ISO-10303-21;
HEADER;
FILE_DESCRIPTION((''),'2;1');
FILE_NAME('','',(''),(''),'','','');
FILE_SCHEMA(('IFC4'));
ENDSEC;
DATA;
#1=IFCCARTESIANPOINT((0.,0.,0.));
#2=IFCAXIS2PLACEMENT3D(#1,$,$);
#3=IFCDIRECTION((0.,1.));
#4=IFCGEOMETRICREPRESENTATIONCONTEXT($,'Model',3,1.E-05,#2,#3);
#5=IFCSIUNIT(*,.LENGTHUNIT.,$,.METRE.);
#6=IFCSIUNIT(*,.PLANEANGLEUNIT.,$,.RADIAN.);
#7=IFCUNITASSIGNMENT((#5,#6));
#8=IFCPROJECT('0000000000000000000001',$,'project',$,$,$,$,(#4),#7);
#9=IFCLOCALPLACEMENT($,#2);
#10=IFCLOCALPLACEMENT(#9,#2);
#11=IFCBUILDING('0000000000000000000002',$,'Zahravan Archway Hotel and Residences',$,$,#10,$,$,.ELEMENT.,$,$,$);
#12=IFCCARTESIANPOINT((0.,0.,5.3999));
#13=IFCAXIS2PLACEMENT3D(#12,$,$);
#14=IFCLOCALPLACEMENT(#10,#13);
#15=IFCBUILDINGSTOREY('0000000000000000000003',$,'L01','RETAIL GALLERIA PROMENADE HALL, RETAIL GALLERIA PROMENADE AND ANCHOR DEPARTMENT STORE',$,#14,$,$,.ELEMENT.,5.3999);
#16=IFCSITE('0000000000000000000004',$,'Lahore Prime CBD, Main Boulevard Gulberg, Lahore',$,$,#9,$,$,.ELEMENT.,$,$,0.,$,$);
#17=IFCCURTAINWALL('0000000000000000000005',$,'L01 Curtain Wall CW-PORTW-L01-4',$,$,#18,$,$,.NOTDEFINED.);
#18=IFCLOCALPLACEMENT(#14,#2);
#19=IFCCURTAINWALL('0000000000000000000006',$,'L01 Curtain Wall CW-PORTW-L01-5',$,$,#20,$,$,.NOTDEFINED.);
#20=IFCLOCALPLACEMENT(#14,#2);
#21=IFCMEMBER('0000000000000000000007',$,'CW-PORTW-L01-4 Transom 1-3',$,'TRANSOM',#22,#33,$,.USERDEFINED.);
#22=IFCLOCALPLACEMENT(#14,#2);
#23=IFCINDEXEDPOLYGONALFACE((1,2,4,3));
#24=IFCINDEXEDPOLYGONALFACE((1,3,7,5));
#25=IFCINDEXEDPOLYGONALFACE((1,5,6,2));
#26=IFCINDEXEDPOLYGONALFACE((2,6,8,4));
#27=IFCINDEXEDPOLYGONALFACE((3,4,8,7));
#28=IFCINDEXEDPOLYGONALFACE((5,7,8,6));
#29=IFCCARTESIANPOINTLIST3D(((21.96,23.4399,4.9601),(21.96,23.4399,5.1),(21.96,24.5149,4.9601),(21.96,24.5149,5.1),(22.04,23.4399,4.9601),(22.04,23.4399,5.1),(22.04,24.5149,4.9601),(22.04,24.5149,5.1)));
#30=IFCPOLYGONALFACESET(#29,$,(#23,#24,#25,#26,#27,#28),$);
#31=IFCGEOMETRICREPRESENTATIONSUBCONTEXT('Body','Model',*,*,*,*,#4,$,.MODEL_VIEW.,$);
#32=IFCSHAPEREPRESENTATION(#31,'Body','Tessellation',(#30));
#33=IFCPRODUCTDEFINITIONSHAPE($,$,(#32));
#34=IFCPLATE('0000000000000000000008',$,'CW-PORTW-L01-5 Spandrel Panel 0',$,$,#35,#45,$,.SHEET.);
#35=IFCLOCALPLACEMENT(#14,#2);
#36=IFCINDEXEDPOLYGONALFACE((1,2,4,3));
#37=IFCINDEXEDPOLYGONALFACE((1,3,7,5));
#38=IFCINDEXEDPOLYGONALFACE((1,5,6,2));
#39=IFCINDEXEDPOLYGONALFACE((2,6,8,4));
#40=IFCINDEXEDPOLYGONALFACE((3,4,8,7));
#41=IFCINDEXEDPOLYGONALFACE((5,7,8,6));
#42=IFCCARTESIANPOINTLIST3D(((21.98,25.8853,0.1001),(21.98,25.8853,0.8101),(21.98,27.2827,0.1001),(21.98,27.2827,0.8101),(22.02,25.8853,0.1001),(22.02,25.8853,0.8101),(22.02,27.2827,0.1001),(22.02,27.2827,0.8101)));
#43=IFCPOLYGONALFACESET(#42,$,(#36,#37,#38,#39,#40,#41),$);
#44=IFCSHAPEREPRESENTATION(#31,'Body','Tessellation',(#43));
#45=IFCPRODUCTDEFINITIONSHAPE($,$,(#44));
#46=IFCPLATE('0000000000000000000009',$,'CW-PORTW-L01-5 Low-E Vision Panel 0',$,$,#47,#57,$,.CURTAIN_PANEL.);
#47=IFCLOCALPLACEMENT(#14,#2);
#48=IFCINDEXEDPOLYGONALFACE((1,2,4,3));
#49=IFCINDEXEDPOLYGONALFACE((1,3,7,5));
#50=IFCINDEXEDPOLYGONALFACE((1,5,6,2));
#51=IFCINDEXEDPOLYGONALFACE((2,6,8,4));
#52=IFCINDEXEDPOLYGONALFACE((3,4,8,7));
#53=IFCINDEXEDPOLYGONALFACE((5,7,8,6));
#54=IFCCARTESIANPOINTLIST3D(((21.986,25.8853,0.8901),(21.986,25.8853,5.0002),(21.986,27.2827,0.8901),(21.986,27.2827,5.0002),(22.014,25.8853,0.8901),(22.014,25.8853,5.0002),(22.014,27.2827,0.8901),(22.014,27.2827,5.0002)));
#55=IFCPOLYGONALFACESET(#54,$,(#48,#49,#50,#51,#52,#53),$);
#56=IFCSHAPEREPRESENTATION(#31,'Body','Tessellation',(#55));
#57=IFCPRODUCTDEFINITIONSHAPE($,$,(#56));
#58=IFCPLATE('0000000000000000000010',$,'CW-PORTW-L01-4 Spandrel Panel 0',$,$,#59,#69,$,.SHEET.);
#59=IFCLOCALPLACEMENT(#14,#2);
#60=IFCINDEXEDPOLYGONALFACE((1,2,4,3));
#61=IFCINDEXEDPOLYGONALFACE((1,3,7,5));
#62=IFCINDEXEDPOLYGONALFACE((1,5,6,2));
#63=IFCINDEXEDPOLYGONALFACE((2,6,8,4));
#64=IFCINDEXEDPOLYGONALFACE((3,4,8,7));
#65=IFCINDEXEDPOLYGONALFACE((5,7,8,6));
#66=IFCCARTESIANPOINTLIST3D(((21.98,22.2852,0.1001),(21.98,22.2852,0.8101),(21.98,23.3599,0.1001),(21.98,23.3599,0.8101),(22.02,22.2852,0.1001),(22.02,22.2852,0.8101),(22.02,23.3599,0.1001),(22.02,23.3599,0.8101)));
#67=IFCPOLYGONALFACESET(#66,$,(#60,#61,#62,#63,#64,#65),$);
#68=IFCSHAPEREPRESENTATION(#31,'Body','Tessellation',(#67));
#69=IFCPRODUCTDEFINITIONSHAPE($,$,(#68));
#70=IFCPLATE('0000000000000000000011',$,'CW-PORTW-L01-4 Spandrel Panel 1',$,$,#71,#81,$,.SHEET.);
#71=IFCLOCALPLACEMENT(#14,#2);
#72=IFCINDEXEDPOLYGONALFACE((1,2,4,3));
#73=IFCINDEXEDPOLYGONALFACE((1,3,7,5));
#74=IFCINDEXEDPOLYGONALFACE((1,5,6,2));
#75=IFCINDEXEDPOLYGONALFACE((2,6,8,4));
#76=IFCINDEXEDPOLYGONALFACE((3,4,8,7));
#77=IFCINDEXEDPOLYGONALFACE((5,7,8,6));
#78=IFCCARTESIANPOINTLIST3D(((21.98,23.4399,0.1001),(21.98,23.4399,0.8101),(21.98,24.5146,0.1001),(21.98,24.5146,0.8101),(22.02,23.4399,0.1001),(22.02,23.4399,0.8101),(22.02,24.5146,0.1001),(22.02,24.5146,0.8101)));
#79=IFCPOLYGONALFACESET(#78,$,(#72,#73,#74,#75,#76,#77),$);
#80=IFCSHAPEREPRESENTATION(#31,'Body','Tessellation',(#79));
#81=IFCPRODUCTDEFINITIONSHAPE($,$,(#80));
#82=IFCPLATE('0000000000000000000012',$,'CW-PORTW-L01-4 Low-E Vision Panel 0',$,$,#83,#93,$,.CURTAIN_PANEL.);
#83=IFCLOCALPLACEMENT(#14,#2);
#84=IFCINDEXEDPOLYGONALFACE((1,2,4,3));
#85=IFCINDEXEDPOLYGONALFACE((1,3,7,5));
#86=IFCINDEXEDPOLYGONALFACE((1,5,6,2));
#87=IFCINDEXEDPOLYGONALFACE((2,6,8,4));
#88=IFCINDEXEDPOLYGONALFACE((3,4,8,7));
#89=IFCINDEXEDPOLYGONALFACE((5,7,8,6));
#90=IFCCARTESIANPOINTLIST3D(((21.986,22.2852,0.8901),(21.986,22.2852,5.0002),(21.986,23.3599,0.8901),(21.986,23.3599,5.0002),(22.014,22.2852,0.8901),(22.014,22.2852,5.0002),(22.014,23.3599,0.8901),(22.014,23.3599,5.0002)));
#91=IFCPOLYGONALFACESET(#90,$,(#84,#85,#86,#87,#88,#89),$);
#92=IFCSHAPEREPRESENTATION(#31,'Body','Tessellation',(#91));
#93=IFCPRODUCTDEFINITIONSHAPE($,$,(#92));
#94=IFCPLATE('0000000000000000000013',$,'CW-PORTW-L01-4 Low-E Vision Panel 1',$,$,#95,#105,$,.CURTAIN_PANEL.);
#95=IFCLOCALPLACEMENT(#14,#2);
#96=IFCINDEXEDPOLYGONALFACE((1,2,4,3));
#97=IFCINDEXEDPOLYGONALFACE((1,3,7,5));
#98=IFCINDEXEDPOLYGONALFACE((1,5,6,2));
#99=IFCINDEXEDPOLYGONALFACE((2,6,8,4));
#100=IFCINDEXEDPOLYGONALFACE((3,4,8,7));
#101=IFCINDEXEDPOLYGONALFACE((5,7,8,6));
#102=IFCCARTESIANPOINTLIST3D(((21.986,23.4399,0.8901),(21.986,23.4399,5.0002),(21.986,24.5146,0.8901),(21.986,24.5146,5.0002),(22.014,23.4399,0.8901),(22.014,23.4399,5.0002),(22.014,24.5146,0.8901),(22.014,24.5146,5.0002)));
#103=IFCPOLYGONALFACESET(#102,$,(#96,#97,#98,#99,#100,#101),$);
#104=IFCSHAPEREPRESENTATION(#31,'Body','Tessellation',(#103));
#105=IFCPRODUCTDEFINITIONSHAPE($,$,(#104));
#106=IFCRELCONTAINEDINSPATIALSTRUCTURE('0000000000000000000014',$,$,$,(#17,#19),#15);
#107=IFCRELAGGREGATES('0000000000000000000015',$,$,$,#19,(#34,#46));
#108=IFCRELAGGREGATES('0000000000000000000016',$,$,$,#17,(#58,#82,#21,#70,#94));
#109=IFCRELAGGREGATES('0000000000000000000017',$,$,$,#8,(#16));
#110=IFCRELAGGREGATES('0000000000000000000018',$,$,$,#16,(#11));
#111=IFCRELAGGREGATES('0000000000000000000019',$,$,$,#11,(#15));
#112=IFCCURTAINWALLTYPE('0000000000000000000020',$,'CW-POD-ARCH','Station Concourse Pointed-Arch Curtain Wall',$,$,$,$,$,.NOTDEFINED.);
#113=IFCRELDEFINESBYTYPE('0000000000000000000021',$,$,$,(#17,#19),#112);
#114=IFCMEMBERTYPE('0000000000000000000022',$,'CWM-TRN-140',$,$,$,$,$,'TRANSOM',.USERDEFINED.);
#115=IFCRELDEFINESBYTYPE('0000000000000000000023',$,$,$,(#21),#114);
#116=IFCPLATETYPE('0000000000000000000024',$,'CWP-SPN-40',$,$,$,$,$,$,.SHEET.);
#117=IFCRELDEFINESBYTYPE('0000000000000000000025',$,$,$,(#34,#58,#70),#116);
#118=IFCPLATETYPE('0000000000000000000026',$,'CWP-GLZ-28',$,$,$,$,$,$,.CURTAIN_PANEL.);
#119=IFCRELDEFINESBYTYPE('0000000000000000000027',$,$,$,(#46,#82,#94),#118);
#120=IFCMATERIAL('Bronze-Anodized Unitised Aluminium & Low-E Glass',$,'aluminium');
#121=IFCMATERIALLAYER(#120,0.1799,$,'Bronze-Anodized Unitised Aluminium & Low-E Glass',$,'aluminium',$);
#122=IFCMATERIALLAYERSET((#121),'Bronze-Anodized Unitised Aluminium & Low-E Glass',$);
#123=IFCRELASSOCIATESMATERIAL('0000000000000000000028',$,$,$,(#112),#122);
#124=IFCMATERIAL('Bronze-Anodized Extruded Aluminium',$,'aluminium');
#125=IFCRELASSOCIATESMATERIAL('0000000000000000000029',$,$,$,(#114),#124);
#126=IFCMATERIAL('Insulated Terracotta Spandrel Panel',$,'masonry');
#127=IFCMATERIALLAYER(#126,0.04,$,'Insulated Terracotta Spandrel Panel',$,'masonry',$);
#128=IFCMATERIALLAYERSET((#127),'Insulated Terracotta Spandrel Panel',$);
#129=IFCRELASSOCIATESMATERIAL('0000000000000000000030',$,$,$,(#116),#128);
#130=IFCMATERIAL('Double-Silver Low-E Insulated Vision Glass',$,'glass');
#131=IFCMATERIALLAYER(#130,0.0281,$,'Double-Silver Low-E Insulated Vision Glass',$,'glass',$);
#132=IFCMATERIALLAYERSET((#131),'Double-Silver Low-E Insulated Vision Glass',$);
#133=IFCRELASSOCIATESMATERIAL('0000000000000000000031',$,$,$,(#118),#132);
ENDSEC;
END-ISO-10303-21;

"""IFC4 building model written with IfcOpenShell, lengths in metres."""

from ifc_helpers import new_model, si_unit, direction, frame, origin, origin_2d, place, context, subcontext, project, spatial, rectangle, extrude, source, transform, mapped, material, layer, layer_set, material_profile, profile_set, type_object, element, aggregate, save


model = new_model("IFC4")

# Units and contexts
model_context = context("Model", 3, precision=1e-05, world=origin(), true_north=direction((0.0, 1.0)))
body_context = subcontext(model_context, "Body", "Model", "MODEL_VIEW")
ifc_project = project(units=[si_unit("LENGTHUNIT", "METRE"), si_unit("PLANEANGLEUNIT", "RADIAN")], contexts=[model_context])

# Site, building, storey
site_placement = place(None, origin())
site = spatial("IfcSite", under=ifc_project, at=site_placement, Name="Lahore Prime CBD, Main Boulevard Gulberg, Lahore", CompositionType="ELEMENT", RefElevation=0.0)
building_placement = place(site_placement, origin())
building = spatial("IfcBuilding", under=site, at=building_placement, Name="Zahravan Archway Hotel and Residences", CompositionType="ELEMENT")
storey_placement = place(building_placement, frame((0.0, 0.0, 5.3999)))
storey = spatial("IfcBuildingStorey", under=building, at=storey_placement, Name="L01", Description="RETAIL GALLERIA PROMENADE HALL, RETAIL GALLERIA PROMENADE AND ANCHOR DEPARTMENT STORE", CompositionType="ELEMENT", Elevation=5.3999)

# Curtain walls
ifc_material_1 = material(Name="Bronze-Anodized Unitised Aluminium & Low-E Glass", Category="aluminium")
ifc_layer_1 = layer(ifc_material_1, 0.1799, Name="Bronze-Anodized Unitised Aluminium & Low-E Glass", Category="aluminium")
ifc_layer_set_1 = layer_set([ifc_layer_1], Name="Bronze-Anodized Unitised Aluminium & Low-E Glass")
curtain_wall_type = type_object("IfcCurtainWallType", Name="CW-POD-ARCH", Description="Station Concourse Pointed-Arch Curtain Wall", PredefinedType="NOTDEFINED", material=ifc_layer_set_1)
curtain_wall_1_placement = place(storey_placement, origin())
curtain_wall_1 = element("IfcCurtainWall", 1, at=curtain_wall_1_placement, inside=storey, type_object=curtain_wall_type, Name="L01 Curtain Wall CW-PORTW-L01-4", PredefinedType="NOTDEFINED")
ifc_material_2 = material(Name="Bronze-Anodized Extruded Aluminium", Category="aluminium")
curtain_wall_2_placement = place(storey_placement, origin())
curtain_wall_2 = element("IfcCurtainWall", 2, at=curtain_wall_2_placement, inside=storey, type_object=curtain_wall_type, Name="L01 Curtain Wall CW-PORTW-L01-5", PredefinedType="NOTDEFINED")
ifc_material_profile_1 = material_profile(ifc_material_2, rectangle(XDim=0.0801, YDim=0.1399, at=origin_2d()), Name="TRN 80x140", Category="aluminium")
ifc_profile_set_1 = profile_set([ifc_material_profile_1], Name="Bronze-Anodized Extruded Aluminium")
member_type_1 = type_object("IfcMemberType", Name="CWM-TRN-140", ElementType="TRANSOM", PredefinedType="USERDEFINED", material=ifc_profile_set_1)

# Member
shared_shape_1 = source(origin(), body_context, "Body", "SweptSolid", [
    extrude(rectangle(XDim=0.0801, YDim=0.1399, at=origin_2d()), origin(), (0.0, 0.0, 1.0), 1.075),
])
member_1_placement = place(storey_placement, frame((22.0, 23.4399, 5.03), z_axis=(0.0, 1.0, 0.0), x_axis=(-1.0, 0.0, 0.0)))
member_1 = element("IfcMember", 3, at=member_1_placement, type_object=member_type_1, Name="CW-PORTW-L01-4 Transom 1-3", ObjectType="TRANSOM", PredefinedType="USERDEFINED", context=body_context, shape_type="MappedRepresentation", body=[
    mapped(shared_shape_1, transform((0.0, 0.0, 0.0), scale=1.0)),
])

# Plates
ifc_material_3 = material(Name="Insulated Terracotta Spandrel Panel", Category="masonry")
ifc_layer_2 = layer(ifc_material_3, 0.04, Name="Insulated Terracotta Spandrel Panel", Category="masonry")
ifc_layer_set_2 = layer_set([ifc_layer_2], Name="Insulated Terracotta Spandrel Panel")
plate_type_1 = type_object("IfcPlateType", Name="CWP-SPN-40", PredefinedType="SHEET", material=ifc_layer_set_2)
shared_shape_2 = source(origin(), body_context, "Body", "SweptSolid", [
    extrude(rectangle(XDim=1.3975, YDim=0.04, at=origin_2d()), origin(), (0.0, 0.0, 1.0), 0.71),
])
plate_1_placement = place(storey_placement, frame((22.0, 26.584, 0.1001), z_axis=(0.0, 0.0, 1.0), x_axis=(0.0, 1.0, 0.0)))
plate_1 = element("IfcPlate", 4, at=plate_1_placement, type_object=plate_type_1, Name="CW-PORTW-L01-5 Spandrel Panel 0", PredefinedType="SHEET", context=body_context, shape_type="MappedRepresentation", body=[
    mapped(shared_shape_2, transform((0.0, 0.0, 0.0), scale=1.0)),
])
ifc_material_4 = material(Name="Double-Silver Low-E Insulated Vision Glass", Category="glass")
ifc_layer_3 = layer(ifc_material_4, 0.0281, Name="Double-Silver Low-E Insulated Vision Glass", Category="glass")
ifc_layer_set_3 = layer_set([ifc_layer_3], Name="Double-Silver Low-E Insulated Vision Glass")
plate_type_2 = type_object("IfcPlateType", Name="CWP-GLZ-28", PredefinedType="CURTAIN_PANEL", material=ifc_layer_set_3)
shared_shape_3 = source(origin(), body_context, "Body", "SweptSolid", [
    extrude(rectangle(XDim=1.3975, YDim=0.0281, at=origin_2d()), origin(), (0.0, 0.0, 1.0), 4.1101),
])
plate_2_placement = place(storey_placement, frame((22.0, 26.584, 0.8901), z_axis=(0.0, 0.0, 1.0), x_axis=(0.0, 1.0, 0.0)))
plate_2 = element("IfcPlate", 5, at=plate_2_placement, type_object=plate_type_2, Name="CW-PORTW-L01-5 Low-E Vision Panel 0", PredefinedType="CURTAIN_PANEL", context=body_context, shape_type="MappedRepresentation", body=[
    mapped(shared_shape_3, transform((0.0, 0.0, 0.0), scale=1.0)),
])
aggregate(curtain_wall_2, [plate_1, plate_2])
shared_shape_4 = source(origin(), body_context, "Body", "SweptSolid", [
    extrude(rectangle(XDim=1.0747, YDim=0.04, at=origin_2d()), origin(), (0.0, 0.0, 1.0), 0.71),
])
plate_3_placement = place(storey_placement, frame((22.0, 22.8225, 0.1001), z_axis=(0.0, 0.0, 1.0), x_axis=(0.0, 1.0, 0.0)))
plate_3 = element("IfcPlate", 6, at=plate_3_placement, type_object=plate_type_1, Name="CW-PORTW-L01-4 Spandrel Panel 0", PredefinedType="SHEET", context=body_context, shape_type="MappedRepresentation", body=[
    mapped(shared_shape_4, transform((0.0, 0.0, 0.0), scale=1.0)),
])
plate_4_placement = place(storey_placement, frame((22.0, 23.9773, 0.1001), z_axis=(0.0, 0.0, 1.0), x_axis=(0.0, 1.0, 0.0)))
plate_4 = element("IfcPlate", 7, at=plate_4_placement, type_object=plate_type_1, Name="CW-PORTW-L01-4 Spandrel Panel 1", PredefinedType="SHEET", context=body_context, shape_type="MappedRepresentation", body=[
    mapped(shared_shape_4, transform((0.0, 0.0, 0.0), scale=1.0)),
])
shared_shape_5 = source(origin(), body_context, "Body", "SweptSolid", [
    extrude(rectangle(XDim=1.0747, YDim=0.0281, at=origin_2d()), origin(), (0.0, 0.0, 1.0), 4.1101),
])
plate_5_placement = place(storey_placement, frame((22.0, 22.8225, 0.8901), z_axis=(0.0, 0.0, 1.0), x_axis=(0.0, 1.0, 0.0)))
plate_5 = element("IfcPlate", 8, at=plate_5_placement, type_object=plate_type_2, Name="CW-PORTW-L01-4 Low-E Vision Panel 0", PredefinedType="CURTAIN_PANEL", context=body_context, shape_type="MappedRepresentation", body=[
    mapped(shared_shape_5, transform((0.0, 0.0, 0.0), scale=1.0)),
])
plate_6_placement = place(storey_placement, frame((22.0, 23.9773, 0.8901), z_axis=(0.0, 0.0, 1.0), x_axis=(0.0, 1.0, 0.0)))
plate_6 = element("IfcPlate", 9, at=plate_6_placement, type_object=plate_type_2, Name="CW-PORTW-L01-4 Low-E Vision Panel 1", PredefinedType="CURTAIN_PANEL", context=body_context, shape_type="MappedRepresentation", body=[
    mapped(shared_shape_5, transform((0.0, 0.0, 0.0), scale=1.0)),
])
aggregate(curtain_wall_1, [plate_3, plate_5, member_1, plate_4, plate_6])

save(model, "model.ifc")
